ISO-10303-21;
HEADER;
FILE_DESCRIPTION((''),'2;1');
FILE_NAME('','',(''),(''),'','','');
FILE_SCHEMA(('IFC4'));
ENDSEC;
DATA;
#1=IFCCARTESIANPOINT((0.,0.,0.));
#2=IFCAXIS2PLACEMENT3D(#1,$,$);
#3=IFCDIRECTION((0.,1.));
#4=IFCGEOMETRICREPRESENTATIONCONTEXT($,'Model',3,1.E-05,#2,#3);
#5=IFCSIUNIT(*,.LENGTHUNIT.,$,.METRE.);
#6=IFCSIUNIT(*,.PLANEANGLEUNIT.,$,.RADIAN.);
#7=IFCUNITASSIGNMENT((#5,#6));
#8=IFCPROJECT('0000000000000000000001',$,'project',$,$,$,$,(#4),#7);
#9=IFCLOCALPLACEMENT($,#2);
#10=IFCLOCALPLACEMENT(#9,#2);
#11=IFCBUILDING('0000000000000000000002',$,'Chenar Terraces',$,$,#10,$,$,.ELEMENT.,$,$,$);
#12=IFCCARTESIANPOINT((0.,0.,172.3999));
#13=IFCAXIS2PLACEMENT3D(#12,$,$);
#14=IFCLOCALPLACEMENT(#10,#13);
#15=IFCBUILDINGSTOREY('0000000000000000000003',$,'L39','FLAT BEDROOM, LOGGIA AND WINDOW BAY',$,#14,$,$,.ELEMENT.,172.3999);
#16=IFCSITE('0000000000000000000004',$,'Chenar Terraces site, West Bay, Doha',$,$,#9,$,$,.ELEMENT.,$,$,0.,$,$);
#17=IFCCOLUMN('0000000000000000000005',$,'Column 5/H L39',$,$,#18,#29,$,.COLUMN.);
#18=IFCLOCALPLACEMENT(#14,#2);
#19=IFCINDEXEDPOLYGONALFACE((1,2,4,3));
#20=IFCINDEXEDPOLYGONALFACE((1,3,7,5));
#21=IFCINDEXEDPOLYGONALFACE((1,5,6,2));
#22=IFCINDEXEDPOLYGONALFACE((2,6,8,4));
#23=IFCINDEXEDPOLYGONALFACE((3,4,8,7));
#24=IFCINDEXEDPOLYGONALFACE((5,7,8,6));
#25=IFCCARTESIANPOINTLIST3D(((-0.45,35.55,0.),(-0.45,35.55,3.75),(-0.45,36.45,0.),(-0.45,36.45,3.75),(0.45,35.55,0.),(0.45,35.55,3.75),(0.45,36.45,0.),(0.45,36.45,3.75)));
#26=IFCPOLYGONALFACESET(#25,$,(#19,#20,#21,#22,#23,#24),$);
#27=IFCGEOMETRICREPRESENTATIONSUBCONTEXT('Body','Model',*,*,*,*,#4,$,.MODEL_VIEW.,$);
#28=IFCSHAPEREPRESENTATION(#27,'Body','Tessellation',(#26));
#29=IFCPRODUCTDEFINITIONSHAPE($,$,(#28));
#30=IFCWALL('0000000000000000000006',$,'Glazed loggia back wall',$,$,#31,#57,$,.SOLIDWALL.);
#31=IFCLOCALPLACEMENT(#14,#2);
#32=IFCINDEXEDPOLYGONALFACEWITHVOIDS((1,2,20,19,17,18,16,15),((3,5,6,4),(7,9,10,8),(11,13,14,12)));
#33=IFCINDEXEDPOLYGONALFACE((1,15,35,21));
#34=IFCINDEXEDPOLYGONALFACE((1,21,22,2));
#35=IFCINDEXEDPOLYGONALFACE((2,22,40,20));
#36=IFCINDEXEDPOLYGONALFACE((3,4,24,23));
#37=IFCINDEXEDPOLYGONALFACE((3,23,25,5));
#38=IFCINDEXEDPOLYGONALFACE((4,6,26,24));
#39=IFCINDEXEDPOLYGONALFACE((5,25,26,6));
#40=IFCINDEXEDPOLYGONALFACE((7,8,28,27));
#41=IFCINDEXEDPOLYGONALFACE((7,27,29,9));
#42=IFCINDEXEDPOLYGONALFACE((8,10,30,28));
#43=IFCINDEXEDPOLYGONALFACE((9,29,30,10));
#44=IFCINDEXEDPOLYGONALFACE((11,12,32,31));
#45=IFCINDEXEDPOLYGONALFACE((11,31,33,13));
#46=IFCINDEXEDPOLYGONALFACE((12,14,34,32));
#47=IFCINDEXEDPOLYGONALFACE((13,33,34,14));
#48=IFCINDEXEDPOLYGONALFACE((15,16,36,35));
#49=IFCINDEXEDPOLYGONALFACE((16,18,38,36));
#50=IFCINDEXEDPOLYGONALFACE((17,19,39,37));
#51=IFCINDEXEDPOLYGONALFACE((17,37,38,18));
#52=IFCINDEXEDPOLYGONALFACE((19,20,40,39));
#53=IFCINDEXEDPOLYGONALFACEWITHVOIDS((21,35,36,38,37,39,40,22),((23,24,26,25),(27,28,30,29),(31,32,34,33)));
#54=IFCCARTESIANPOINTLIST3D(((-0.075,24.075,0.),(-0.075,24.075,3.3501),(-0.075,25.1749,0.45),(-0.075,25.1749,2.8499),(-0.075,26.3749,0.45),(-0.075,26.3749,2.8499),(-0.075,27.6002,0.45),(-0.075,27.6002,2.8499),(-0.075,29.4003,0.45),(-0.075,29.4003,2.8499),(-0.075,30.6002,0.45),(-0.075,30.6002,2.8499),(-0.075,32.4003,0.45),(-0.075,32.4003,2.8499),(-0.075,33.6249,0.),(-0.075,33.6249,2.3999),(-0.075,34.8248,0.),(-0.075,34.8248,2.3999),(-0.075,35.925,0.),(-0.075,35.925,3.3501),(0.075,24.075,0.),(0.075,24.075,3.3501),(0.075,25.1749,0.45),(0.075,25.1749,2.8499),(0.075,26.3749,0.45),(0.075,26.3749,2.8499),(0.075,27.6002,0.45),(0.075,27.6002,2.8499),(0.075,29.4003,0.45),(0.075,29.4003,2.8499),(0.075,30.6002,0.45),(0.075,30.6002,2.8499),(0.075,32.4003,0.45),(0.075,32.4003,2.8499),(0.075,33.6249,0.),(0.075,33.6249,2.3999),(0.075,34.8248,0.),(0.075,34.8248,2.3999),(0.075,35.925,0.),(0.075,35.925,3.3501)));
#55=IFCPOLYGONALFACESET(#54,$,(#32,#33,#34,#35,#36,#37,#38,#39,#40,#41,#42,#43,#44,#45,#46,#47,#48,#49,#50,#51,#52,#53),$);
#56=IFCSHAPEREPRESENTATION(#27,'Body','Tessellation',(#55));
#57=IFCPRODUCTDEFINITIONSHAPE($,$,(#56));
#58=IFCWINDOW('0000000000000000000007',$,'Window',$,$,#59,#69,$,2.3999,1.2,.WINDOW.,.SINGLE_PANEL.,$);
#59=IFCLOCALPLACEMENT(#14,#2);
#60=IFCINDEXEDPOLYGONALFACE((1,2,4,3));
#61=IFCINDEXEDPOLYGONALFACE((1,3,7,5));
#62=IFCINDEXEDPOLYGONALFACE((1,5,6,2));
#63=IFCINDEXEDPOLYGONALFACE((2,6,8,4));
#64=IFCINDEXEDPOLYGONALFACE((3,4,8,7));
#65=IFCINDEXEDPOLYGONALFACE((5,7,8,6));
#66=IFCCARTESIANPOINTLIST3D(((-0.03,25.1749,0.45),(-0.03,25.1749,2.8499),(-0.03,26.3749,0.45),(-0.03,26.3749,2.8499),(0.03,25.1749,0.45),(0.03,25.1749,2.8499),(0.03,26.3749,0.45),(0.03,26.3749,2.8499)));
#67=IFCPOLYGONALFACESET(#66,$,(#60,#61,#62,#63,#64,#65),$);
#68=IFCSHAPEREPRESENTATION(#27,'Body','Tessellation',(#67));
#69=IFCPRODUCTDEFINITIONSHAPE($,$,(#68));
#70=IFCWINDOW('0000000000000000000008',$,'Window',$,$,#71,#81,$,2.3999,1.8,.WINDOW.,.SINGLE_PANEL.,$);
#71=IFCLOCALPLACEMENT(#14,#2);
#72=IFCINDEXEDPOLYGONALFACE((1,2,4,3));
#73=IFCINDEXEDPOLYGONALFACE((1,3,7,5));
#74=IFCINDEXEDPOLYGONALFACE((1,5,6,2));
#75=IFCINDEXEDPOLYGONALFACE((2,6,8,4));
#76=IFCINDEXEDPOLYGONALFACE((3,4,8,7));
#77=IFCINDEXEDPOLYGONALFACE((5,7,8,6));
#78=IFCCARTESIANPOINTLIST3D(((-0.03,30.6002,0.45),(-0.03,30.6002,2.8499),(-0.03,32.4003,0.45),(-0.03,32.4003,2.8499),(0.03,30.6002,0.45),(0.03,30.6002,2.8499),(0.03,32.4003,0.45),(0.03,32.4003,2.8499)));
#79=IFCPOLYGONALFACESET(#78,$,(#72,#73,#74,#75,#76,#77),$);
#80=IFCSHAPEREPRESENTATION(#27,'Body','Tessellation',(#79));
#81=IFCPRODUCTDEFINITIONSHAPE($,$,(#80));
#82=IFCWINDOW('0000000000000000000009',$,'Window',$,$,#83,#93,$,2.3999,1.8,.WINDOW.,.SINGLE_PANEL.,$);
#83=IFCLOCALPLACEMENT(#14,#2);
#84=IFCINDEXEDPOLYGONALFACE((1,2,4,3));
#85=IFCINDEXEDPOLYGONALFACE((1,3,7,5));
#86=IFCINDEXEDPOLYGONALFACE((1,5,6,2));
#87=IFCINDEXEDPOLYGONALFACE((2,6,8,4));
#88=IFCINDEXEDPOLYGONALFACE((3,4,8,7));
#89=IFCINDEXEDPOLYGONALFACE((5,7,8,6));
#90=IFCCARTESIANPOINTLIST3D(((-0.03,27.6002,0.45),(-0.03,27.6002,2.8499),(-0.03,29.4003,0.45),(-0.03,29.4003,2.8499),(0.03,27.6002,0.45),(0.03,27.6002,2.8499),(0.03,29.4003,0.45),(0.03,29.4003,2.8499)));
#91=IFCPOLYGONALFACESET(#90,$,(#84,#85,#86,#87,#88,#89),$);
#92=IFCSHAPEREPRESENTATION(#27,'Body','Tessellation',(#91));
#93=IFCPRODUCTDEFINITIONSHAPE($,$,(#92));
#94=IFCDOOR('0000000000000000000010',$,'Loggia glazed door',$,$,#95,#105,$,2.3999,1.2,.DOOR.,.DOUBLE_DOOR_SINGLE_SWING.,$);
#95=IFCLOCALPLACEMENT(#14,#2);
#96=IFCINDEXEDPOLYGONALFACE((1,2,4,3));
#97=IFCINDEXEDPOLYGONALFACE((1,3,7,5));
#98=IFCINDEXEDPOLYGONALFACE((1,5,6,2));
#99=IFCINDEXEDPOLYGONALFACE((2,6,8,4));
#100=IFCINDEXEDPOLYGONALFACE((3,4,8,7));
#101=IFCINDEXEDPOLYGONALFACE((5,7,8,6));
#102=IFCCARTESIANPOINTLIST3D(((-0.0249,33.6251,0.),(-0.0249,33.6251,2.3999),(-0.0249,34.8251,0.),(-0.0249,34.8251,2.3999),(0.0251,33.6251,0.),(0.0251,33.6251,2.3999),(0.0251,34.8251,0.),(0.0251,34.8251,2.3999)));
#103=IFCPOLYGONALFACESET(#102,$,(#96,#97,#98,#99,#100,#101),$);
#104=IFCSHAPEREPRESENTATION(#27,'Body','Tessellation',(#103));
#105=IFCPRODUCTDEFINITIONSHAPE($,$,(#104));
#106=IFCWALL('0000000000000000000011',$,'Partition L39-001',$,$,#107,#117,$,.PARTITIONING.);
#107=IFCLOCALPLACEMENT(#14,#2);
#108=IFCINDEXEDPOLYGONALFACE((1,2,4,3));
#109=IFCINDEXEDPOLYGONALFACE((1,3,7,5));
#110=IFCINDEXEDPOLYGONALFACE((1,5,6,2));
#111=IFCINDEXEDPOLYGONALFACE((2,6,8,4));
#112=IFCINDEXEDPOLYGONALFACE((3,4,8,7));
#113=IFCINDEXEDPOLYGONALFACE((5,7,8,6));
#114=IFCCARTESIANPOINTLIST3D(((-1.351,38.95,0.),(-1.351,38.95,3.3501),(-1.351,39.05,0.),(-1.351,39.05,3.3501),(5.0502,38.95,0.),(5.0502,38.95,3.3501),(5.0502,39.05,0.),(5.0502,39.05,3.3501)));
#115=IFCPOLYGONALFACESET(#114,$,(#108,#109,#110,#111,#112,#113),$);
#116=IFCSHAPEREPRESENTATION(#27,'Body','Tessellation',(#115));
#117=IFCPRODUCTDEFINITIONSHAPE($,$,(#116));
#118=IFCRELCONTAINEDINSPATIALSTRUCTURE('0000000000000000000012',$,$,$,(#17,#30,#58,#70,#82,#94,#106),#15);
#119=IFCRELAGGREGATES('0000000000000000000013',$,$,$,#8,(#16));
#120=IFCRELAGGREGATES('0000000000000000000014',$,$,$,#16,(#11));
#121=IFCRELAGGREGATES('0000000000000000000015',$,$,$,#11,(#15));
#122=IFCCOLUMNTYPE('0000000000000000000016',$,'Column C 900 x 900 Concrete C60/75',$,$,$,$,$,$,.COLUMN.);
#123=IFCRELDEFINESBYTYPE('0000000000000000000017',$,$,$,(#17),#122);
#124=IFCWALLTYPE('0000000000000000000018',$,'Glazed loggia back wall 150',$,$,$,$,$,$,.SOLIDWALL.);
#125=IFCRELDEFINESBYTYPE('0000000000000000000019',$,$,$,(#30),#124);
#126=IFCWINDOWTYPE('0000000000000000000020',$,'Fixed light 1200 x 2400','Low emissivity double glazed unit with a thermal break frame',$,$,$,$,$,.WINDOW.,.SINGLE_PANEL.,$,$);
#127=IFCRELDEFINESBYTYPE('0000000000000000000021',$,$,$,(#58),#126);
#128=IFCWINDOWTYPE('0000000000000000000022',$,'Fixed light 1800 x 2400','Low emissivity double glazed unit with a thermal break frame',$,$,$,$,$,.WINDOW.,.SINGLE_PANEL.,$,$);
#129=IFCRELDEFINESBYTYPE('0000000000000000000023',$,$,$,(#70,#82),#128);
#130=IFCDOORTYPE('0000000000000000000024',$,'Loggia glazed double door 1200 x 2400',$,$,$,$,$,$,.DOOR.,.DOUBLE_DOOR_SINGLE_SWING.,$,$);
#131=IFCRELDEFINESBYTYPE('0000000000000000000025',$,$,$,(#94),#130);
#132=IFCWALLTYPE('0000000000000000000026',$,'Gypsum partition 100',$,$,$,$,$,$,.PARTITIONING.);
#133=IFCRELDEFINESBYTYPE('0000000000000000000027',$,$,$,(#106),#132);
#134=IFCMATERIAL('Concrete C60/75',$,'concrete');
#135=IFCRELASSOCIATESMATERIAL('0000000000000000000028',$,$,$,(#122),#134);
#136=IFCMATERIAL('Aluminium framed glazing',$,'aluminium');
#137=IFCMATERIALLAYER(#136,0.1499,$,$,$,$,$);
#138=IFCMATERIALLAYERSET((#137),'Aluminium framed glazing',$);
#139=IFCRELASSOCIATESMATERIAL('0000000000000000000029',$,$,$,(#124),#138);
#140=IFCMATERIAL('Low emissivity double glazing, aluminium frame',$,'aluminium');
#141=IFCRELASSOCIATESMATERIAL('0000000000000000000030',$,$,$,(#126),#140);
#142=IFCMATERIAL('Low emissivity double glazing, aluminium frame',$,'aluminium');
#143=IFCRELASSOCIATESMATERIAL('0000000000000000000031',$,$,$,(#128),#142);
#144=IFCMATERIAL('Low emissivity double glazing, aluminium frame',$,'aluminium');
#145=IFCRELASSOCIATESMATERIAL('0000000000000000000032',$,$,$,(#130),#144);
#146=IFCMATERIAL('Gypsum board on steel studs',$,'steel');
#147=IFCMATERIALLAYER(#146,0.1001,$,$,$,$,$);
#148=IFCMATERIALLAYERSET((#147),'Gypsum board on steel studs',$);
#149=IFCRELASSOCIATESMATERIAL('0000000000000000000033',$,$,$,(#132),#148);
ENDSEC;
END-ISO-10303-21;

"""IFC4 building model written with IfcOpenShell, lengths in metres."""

from ifc_helpers import new_model, si_unit, direction, frame, frame_2d, origin, origin_2d, place, context, subcontext, project, spatial, rectangle, extrude, material, layer, layer_set, material_profile, profile_set, type_object, element, fill, save


model = new_model("IFC4")

# Units and contexts
model_context = context("Model", 3, precision=1e-05, world=origin(), true_north=direction((0.0, 1.0)))
body_context = subcontext(model_context, "Body", "Model", "MODEL_VIEW")
ifc_project = project(units=[si_unit("LENGTHUNIT", "METRE"), si_unit("PLANEANGLEUNIT", "RADIAN")], contexts=[model_context])

# Site, building, storey
site_placement = place(None, origin())
site = spatial("IfcSite", under=ifc_project, at=site_placement, Name="Chenar Terraces site, West Bay, Doha", CompositionType="ELEMENT", RefElevation=0.0)
building_placement = place(site_placement, origin())
building = spatial("IfcBuilding", under=site, at=building_placement, Name="Chenar Terraces", CompositionType="ELEMENT")
storey_placement = place(building_placement, frame((0.0, 0.0, 172.3999)))
storey = spatial("IfcBuildingStorey", under=building, at=storey_placement, Name="L39", Description="FLAT BEDROOM, LOGGIA AND WINDOW BAY", CompositionType="ELEMENT", Elevation=172.3999)

# Column
ifc_material_1 = material(Name="Concrete C60/75", Category="concrete")
ifc_material_profile_1 = material_profile(ifc_material_1, rectangle(XDim=0.8999, YDim=0.8999, at=origin_2d()), Name="C 900 x 900")
ifc_profile_set_1 = profile_set([ifc_material_profile_1], Name="Concrete C60/75")
column_type = type_object("IfcColumnType", Name="Column C 900 x 900 Concrete C60/75", PredefinedType="COLUMN", material=ifc_profile_set_1)
placement = place(storey_placement, frame((0.0, 36.0, 0.0), z_axis=(0.0, 0.0, 1.0), x_axis=(1.0, 0.0, 0.0)))
element("IfcColumn", 1, at=placement, inside=storey, type_object=column_type, Name="Column 5/H L39", PredefinedType="COLUMN", context=body_context, shape_type="SweptSolid", body=[
    extrude(rectangle(XDim=0.8999, YDim=0.8999, at=origin_2d()), origin(), (0.0, 0.0, 1.0), 3.75),
])

# Wall, openings, windows, door
ifc_material_2 = material(Name="Aluminium framed glazing", Category="aluminium")
ifc_layer_1 = layer(ifc_material_2, 0.1499)
ifc_layer_set_1 = layer_set([ifc_layer_1], Name="Aluminium framed glazing")
wall_type_1 = type_object("IfcWallType", Name="Glazed loggia back wall 150", PredefinedType="SOLIDWALL", material=ifc_layer_set_1)
wall_1_placement = place(storey_placement, frame((0.0, 35.925, 0.0), z_axis=(0.0, 0.0, 1.0), x_axis=(0.0, -1.0, 0.0)))
wall_1 = element("IfcWall", 2, at=wall_1_placement, inside=storey, type_object=wall_type_1, Name="Glazed loggia back wall", PredefinedType="SOLIDWALL", context=body_context, shape_type="SweptSolid", body=[
    extrude(rectangle(XDim=11.8501, YDim=0.1499, at=frame_2d((5.925, 0.0))), origin(), (0.0, 0.0, 1.0), 3.3501),
])
opening_1_placement = place(wall_1_placement, frame((1.1001, 0.0, 0.0)))
opening_1 = element("IfcOpeningElement", 3, at=opening_1_placement, cuts=wall_1, PredefinedType="OPENING", context=body_context, shape_type="SweptSolid", body=[
    extrude(rectangle(XDim=1.2, YDim=2.3999, at=frame_2d((0.6001, 1.2))), frame((0.0, 0.085, 0.0), z_axis=(0.0, -1.0, 0.0), x_axis=(1.0, 0.0, 0.0)), (0.0, 0.0, 1.0), 0.1699),
])
opening_2_placement = place(wall_1_placement, frame((3.5249, 0.0, 0.45)))
opening_2 = element("IfcOpeningElement", 4, at=opening_2_placement, cuts=wall_1, PredefinedType="OPENING", context=body_context, shape_type="SweptSolid", body=[
    extrude(rectangle(XDim=1.8, YDim=2.3999, at=frame_2d((0.8999, 1.2))), frame((0.0, 0.085, 0.0), z_axis=(0.0, -1.0, 0.0), x_axis=(1.0, 0.0, 0.0)), (0.0, 0.0, 1.0), 0.1699),
])
opening_3_placement = place(wall_1_placement, frame((6.5249, 0.0, 0.45)))
opening_3 = element("IfcOpeningElement", 5, at=opening_3_placement, cuts=wall_1, PredefinedType="OPENING", context=body_context, shape_type="SweptSolid", body=[
    extrude(rectangle(XDim=1.8, YDim=2.3999, at=frame_2d((0.8999, 1.2))), frame((0.0, 0.085, 0.0), z_axis=(0.0, -1.0, 0.0), x_axis=(1.0, 0.0, 0.0)), (0.0, 0.0, 1.0), 0.1699),
])
opening_4_placement = place(wall_1_placement, frame((9.55, 0.0, 0.45)))
opening_4 = element("IfcOpeningElement", 6, at=opening_4_placement, cuts=wall_1, PredefinedType="OPENING", context=body_context, shape_type="SweptSolid", body=[
    extrude(rectangle(XDim=1.2, YDim=2.3999, at=frame_2d((0.6001, 1.2))), frame((0.0, 0.085, 0.0), z_axis=(0.0, -1.0, 0.0), x_axis=(1.0, 0.0, 0.0)), (0.0, 0.0, 1.0), 0.1699),
])
ifc_material_3 = material(Name="Low emissivity double glazing, aluminium frame", Category="aluminium")
window_type_1 = type_object("IfcWindowType", Name="Fixed light 1200 x 2400", Description="Low emissivity double glazed unit with a thermal break frame", PartitioningType="SINGLE_PANEL", PredefinedType="WINDOW", material=ifc_material_3)
window_1_placement = place(opening_4_placement, origin())
window_1 = element("IfcWindow", 7, at=window_1_placement, inside=storey, type_object=window_type_1, Name="Window", OverallHeight=2.3999, OverallWidth=1.2, PartitioningType="SINGLE_PANEL", PredefinedType="WINDOW", context=body_context, shape_type="SweptSolid", body=[
    extrude(rectangle(XDim=1.2, YDim=2.3999, at=frame_2d((0.6001, 1.2))), frame((0.0, 0.03, 0.0), z_axis=(0.0, -1.0, 0.0), x_axis=(1.0, 0.0, 0.0)), (0.0, 0.0, 1.0), 0.0601),
])
fill(opening_4, window_1)
ifc_material_4 = material(Name="Low emissivity double glazing, aluminium frame", Category="aluminium")
window_type_2 = type_object("IfcWindowType", Name="Fixed light 1800 x 2400", Description="Low emissivity double glazed unit with a thermal break frame", PartitioningType="SINGLE_PANEL", PredefinedType="WINDOW", material=ifc_material_4)
window_2_placement = place(opening_2_placement, origin())
window_2 = element("IfcWindow", 8, at=window_2_placement, inside=storey, type_object=window_type_2, Name="Window", OverallHeight=2.3999, OverallWidth=1.8, PartitioningType="SINGLE_PANEL", PredefinedType="WINDOW", context=body_context, shape_type="SweptSolid", body=[
    extrude(rectangle(XDim=1.8, YDim=2.3999, at=frame_2d((0.8999, 1.2))), frame((0.0, 0.03, 0.0), z_axis=(0.0, -1.0, 0.0), x_axis=(1.0, 0.0, 0.0)), (0.0, 0.0, 1.0), 0.0601),
])
fill(opening_2, window_2)
window_3_placement = place(opening_3_placement, origin())
window_3 = element("IfcWindow", 9, at=window_3_placement, inside=storey, type_object=window_type_2, Name="Window", OverallHeight=2.3999, OverallWidth=1.8, PartitioningType="SINGLE_PANEL", PredefinedType="WINDOW", context=body_context, shape_type="SweptSolid", body=[
    extrude(rectangle(XDim=1.8, YDim=2.3999, at=frame_2d((0.8999, 1.2))), frame((0.0, 0.03, 0.0), z_axis=(0.0, -1.0, 0.0), x_axis=(1.0, 0.0, 0.0)), (0.0, 0.0, 1.0), 0.0601),
])
fill(opening_3, window_3)
ifc_material_5 = material(Name="Low emissivity double glazing, aluminium frame", Category="aluminium")
door_type_1 = type_object("IfcDoorType", Name="Loggia glazed double door 1200 x 2400", OperationType="DOUBLE_DOOR_SINGLE_SWING", PredefinedType="DOOR", material=ifc_material_5)
door_1_placement = place(opening_1_placement, frame((1.2, 0.0, 0.0), z_axis=(0.0, 0.0, 1.0), x_axis=(-1.0, 0.0, 0.0)))
door_1 = element("IfcDoor", 10, at=door_1_placement, inside=storey, type_object=door_type_1, Name="Loggia glazed door", OperationType="DOUBLE_DOOR_SINGLE_SWING", OverallHeight=2.3999, OverallWidth=1.2, PredefinedType="DOOR", context=body_context, shape_type="SweptSolid", body=[
    extrude(rectangle(XDim=1.2, YDim=2.3999, at=frame_2d((0.6001, 1.2))), frame((0.0, 0.0249, 0.0), z_axis=(0.0, -1.0, 0.0), x_axis=(1.0, 0.0, 0.0)), (0.0, 0.0, 1.0), 0.05),
])
fill(opening_1, door_1)

# Wall
ifc_material_6 = material(Name="Gypsum board on steel studs", Category="steel")
ifc_layer_2 = layer(ifc_material_6, 0.1001)
ifc_layer_set_2 = layer_set([ifc_layer_2], Name="Gypsum board on steel studs")
wall_type_2 = type_object("IfcWallType", Name="Gypsum partition 100", PredefinedType="PARTITIONING", material=ifc_layer_set_2)
wall_2_placement = place(storey_placement, frame((-1.3511, 39.0, 0.0), z_axis=(0.0, 0.0, 1.0), x_axis=(1.0, 0.0, 0.0)))
element("IfcWall", 11, at=wall_2_placement, inside=storey, type_object=wall_type_2, Name="Partition L39-001", PredefinedType="PARTITIONING", context=body_context, shape_type="SweptSolid", body=[
    extrude(rectangle(XDim=6.4011, YDim=0.1001, at=frame_2d((3.2007, 0.0))), origin(), (0.0, 0.0, 1.0), 3.3501),
])

save(model, "model.ifc")
